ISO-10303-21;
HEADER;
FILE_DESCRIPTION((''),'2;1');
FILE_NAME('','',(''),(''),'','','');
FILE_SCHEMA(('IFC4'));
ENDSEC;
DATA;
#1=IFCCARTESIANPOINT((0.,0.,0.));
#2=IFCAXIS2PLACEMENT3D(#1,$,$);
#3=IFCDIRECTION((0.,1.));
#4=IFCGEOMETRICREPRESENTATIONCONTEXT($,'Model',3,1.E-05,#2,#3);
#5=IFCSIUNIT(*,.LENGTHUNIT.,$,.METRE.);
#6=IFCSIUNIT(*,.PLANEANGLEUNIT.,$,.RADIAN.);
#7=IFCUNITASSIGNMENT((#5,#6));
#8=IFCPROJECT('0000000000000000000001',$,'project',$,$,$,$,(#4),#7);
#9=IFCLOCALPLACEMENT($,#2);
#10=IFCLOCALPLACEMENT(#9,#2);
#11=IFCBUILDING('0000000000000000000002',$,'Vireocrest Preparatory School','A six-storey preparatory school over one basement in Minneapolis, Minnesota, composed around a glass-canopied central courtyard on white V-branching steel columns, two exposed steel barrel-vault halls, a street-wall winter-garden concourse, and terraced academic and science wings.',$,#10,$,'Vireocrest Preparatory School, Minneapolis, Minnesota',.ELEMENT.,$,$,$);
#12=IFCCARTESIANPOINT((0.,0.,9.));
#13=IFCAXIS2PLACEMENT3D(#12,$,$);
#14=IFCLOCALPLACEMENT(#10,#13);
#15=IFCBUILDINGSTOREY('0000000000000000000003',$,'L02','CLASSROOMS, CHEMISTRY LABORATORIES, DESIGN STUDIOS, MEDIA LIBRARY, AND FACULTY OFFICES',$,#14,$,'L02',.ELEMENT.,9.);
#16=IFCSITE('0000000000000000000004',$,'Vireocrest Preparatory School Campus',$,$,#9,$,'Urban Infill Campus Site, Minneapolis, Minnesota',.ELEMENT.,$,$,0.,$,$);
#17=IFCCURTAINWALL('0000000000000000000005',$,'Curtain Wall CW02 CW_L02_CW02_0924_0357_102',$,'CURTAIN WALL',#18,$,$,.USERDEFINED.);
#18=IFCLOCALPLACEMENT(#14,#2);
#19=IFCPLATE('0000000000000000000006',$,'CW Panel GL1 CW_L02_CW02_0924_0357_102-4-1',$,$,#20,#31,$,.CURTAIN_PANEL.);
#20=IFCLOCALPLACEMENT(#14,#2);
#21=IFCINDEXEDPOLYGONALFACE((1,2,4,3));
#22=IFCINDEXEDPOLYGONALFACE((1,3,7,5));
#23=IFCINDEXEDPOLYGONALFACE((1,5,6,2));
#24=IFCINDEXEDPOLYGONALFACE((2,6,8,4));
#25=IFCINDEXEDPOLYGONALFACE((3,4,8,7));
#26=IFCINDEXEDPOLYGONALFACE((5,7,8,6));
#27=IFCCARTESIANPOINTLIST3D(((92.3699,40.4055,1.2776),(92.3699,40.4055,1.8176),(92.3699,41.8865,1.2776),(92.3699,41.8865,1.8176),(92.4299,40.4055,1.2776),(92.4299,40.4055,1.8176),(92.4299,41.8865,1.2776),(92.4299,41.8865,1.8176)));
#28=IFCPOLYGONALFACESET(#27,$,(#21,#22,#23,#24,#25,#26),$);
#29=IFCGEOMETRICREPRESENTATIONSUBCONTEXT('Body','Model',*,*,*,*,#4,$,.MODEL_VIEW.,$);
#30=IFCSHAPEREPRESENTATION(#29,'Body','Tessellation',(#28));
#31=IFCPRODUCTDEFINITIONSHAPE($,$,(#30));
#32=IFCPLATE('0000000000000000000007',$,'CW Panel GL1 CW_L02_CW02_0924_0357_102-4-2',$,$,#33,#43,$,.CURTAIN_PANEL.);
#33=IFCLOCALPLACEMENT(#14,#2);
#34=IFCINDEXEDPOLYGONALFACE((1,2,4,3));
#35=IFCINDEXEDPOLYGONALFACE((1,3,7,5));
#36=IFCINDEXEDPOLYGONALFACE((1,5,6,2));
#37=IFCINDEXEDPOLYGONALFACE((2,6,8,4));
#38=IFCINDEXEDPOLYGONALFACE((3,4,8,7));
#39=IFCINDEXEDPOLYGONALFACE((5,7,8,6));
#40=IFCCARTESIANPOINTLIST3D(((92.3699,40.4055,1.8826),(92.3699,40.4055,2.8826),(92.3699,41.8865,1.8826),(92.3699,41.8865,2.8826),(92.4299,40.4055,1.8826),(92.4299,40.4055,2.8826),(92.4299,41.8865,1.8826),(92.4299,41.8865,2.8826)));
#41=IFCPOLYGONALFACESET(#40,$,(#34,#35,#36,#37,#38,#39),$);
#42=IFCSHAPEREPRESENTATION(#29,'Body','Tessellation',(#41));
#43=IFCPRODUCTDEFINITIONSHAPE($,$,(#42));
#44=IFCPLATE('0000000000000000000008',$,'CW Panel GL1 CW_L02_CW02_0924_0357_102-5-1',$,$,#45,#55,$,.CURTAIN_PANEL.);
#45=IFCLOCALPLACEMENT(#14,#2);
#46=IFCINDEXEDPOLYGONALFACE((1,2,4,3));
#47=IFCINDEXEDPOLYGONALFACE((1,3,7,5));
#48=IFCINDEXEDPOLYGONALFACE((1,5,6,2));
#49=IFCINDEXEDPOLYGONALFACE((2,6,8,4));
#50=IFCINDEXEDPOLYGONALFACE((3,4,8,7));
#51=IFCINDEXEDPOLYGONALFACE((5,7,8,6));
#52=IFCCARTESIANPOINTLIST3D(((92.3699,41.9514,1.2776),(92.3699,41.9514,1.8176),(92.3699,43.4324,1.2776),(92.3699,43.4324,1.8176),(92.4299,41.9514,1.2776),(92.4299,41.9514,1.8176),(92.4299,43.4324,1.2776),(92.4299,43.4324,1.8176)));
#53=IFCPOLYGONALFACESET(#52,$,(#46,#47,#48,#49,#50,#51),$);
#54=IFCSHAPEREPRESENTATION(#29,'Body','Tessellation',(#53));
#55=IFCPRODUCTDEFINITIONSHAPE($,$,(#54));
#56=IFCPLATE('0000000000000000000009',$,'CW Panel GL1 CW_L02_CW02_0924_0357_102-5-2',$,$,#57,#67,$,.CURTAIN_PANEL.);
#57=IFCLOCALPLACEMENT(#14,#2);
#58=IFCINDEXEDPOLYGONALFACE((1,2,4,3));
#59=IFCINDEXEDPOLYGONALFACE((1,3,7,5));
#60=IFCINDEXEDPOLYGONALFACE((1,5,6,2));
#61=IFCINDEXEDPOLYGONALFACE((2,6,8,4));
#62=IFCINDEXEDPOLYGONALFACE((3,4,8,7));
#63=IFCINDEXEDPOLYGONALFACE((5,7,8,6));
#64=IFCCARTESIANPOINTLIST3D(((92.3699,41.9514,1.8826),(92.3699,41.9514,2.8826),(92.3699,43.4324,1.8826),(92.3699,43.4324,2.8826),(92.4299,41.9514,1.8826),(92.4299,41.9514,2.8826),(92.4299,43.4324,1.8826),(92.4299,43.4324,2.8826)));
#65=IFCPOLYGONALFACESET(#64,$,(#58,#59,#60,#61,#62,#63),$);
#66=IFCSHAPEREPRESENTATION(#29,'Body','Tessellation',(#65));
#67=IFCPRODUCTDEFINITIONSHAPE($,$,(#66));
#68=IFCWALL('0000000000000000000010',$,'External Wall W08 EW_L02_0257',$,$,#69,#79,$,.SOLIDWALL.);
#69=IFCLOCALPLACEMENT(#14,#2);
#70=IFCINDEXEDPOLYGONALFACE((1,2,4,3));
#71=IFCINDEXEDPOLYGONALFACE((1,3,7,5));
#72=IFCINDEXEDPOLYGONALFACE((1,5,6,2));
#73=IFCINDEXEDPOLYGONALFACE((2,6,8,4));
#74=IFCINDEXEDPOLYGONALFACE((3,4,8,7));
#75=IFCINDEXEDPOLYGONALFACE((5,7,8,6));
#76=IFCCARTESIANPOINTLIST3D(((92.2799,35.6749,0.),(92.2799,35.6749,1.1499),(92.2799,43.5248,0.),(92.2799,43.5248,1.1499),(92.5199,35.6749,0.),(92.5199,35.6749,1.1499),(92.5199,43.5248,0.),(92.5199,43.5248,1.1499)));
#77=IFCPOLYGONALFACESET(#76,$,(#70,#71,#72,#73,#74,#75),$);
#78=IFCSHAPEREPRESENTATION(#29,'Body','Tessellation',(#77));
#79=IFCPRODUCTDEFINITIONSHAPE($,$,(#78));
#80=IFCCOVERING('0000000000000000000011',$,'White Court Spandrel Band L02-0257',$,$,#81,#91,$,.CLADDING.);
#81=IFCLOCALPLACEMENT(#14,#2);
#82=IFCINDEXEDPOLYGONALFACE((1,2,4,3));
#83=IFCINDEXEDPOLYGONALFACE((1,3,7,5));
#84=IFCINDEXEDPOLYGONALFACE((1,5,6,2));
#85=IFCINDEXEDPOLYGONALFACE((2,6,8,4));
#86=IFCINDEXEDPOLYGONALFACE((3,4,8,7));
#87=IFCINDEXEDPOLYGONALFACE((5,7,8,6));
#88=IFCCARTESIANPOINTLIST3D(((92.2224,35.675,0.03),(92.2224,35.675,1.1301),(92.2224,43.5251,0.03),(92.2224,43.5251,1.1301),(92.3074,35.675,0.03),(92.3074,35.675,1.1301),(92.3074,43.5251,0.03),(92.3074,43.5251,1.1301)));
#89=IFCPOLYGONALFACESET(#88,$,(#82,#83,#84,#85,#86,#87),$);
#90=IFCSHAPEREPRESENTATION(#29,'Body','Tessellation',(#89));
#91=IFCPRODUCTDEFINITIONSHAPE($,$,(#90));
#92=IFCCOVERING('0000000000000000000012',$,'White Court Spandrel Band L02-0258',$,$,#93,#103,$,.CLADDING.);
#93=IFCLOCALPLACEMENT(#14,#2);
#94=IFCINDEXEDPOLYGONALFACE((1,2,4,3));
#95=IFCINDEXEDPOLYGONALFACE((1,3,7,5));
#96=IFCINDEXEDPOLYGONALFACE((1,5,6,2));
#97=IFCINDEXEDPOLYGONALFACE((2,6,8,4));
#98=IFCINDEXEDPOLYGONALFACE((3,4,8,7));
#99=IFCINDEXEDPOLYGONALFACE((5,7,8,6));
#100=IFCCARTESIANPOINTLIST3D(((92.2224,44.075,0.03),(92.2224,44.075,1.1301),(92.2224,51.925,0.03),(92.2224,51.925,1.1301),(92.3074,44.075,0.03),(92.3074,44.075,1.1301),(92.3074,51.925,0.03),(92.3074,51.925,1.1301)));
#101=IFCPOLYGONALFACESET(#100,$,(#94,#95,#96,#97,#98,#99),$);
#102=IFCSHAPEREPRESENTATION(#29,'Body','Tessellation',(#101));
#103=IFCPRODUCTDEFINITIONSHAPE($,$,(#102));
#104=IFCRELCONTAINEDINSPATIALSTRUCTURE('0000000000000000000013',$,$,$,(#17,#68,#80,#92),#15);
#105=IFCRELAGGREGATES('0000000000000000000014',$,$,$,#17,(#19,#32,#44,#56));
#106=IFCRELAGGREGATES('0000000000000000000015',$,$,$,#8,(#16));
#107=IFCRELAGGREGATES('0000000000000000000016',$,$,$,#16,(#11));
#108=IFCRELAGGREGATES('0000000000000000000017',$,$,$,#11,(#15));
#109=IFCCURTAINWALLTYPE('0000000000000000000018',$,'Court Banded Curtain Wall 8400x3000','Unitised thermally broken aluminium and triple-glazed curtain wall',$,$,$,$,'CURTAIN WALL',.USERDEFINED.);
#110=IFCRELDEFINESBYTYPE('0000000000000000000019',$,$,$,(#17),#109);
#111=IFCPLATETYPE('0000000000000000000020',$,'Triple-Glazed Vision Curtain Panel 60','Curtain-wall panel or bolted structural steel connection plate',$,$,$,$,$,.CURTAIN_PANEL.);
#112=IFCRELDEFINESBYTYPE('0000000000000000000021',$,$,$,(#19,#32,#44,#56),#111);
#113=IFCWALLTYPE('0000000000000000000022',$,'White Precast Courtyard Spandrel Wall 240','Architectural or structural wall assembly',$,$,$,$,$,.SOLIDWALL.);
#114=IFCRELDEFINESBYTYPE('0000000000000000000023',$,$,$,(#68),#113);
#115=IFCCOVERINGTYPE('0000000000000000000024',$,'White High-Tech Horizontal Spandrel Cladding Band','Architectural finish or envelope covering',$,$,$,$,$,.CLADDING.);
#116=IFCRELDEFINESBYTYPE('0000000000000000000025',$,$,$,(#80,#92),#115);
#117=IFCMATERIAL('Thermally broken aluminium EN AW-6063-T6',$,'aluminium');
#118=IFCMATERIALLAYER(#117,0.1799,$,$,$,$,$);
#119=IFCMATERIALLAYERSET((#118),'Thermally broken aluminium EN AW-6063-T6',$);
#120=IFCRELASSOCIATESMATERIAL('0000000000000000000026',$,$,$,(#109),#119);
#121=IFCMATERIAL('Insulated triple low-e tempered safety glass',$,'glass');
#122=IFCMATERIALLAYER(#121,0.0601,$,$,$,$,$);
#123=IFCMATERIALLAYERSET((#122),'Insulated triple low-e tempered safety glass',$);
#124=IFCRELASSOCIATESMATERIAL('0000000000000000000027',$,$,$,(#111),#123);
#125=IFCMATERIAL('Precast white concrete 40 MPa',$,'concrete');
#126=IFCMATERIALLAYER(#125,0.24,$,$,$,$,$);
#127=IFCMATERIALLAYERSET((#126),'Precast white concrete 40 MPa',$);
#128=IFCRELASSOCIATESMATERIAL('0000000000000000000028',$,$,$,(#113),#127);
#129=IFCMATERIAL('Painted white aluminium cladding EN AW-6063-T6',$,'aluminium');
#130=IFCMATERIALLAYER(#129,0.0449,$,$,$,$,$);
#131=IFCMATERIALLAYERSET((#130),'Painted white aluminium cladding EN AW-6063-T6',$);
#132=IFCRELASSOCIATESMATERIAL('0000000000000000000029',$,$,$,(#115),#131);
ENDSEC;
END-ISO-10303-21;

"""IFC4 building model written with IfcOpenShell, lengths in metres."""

from ifc_helpers import new_model, si_unit, direction, frame, frame_2d, origin, origin_2d, place, context, subcontext, project, spatial, rectangle, extrude, material, layer, layer_set, type_object, element, aggregate, save


model = new_model("IFC4")

# Units and contexts
model_context = context("Model", 3, precision=1e-05, world=origin(), true_north=direction((0.0, 1.0)))
body_context = subcontext(model_context, "Body", "Model", "MODEL_VIEW")
ifc_project = project(units=[si_unit("LENGTHUNIT", "METRE"), si_unit("PLANEANGLEUNIT", "RADIAN")], contexts=[model_context])

# Site, building, storey
site_placement = place(None, origin())
site = spatial("IfcSite", under=ifc_project, at=site_placement, Name="Vireocrest Preparatory School Campus", LongName="Urban Infill Campus Site, Minneapolis, Minnesota", CompositionType="ELEMENT", RefElevation=0.0)
building_placement = place(site_placement, origin())
building = spatial("IfcBuilding", under=site, at=building_placement, Name="Vireocrest Preparatory School", Description="A six-storey preparatory school over one basement in Minneapolis, Minnesota, composed around a glass-canopied central courtyard on white V-branching steel columns, two exposed steel barrel-vault halls, a street-wall winter-garden concourse, and terraced academic and science wings.", LongName="Vireocrest Preparatory School, Minneapolis, Minnesota", CompositionType="ELEMENT")
storey_placement = place(building_placement, frame((0.0, 0.0, 9.0)))
storey = spatial("IfcBuildingStorey", under=building, at=storey_placement, Name="L02", Description="CLASSROOMS, CHEMISTRY LABORATORIES, DESIGN STUDIOS, MEDIA LIBRARY, AND FACULTY OFFICES", LongName="L02", CompositionType="ELEMENT", Elevation=9.0)

# Curtain wall
ifc_material_1 = material(Name="Thermally broken aluminium EN AW-6063-T6", Category="aluminium")
ifc_layer_1 = layer(ifc_material_1, 0.1799)
ifc_layer_set_1 = layer_set([ifc_layer_1], Name="Thermally broken aluminium EN AW-6063-T6")
curtain_wall_type = type_object("IfcCurtainWallType", Name="Court Banded Curtain Wall 8400x3000", Description="Unitised thermally broken aluminium and triple-glazed curtain wall", ElementType="CURTAIN WALL", PredefinedType="USERDEFINED", material=ifc_layer_set_1)
curtain_wall_1_placement = place(storey_placement, origin())
curtain_wall_1 = element("IfcCurtainWall", 1, at=curtain_wall_1_placement, inside=storey, type_object=curtain_wall_type, Name="Curtain Wall CW02 CW_L02_CW02_0924_0357_102", ObjectType="CURTAIN WALL", PredefinedType="USERDEFINED")

# Plates
ifc_material_2 = material(Name="Insulated triple low-e tempered safety glass", Category="glass")
ifc_layer_2 = layer(ifc_material_2, 0.0601)
ifc_layer_set_2 = layer_set([ifc_layer_2], Name="Insulated triple low-e tempered safety glass")
plate_type = type_object("IfcPlateType", Name="Triple-Glazed Vision Curtain Panel 60", Description="Curtain-wall panel or bolted structural steel connection plate", PredefinedType="CURTAIN_PANEL", material=ifc_layer_set_2)
plate_1_placement = place(storey_placement, frame((92.3999, 41.146, 1.2776), z_axis=(0.0, 0.0, 1.0), x_axis=(0.0, 1.0, 0.0)))
plate_1 = element("IfcPlate", 2, at=plate_1_placement, type_object=plate_type, Name="CW Panel GL1 CW_L02_CW02_0924_0357_102-4-1", PredefinedType="CURTAIN_PANEL", context=body_context, shape_type="SweptSolid", body=[
    extrude(rectangle(XDim=1.481, YDim=0.0601, at=origin_2d()), origin(), (0.0, 0.0, 1.0), 0.54),
])
plate_2_placement = place(storey_placement, frame((92.3999, 41.146, 1.8826), z_axis=(0.0, 0.0, 1.0), x_axis=(0.0, 1.0, 0.0)))
plate_2 = element("IfcPlate", 3, at=plate_2_placement, type_object=plate_type, Name="CW Panel GL1 CW_L02_CW02_0924_0357_102-4-2", PredefinedType="CURTAIN_PANEL", context=body_context, shape_type="SweptSolid", body=[
    extrude(rectangle(XDim=1.481, YDim=0.0601, at=origin_2d()), origin(), (0.0, 0.0, 1.0), 1.0),
])
plate_3_placement = place(storey_placement, frame((92.3999, 42.6919, 1.2776), z_axis=(0.0, 0.0, 1.0), x_axis=(0.0, 1.0, 0.0)))
plate_3 = element("IfcPlate", 4, at=plate_3_placement, type_object=plate_type, Name="CW Panel GL1 CW_L02_CW02_0924_0357_102-5-1", PredefinedType="CURTAIN_PANEL", context=body_context, shape_type="SweptSolid", body=[
    extrude(rectangle(XDim=1.481, YDim=0.0601, at=origin_2d()), origin(), (0.0, 0.0, 1.0), 0.54),
])
plate_4_placement = place(storey_placement, frame((92.3999, 42.6919, 1.8826), z_axis=(0.0, 0.0, 1.0), x_axis=(0.0, 1.0, 0.0)))
plate_4 = element("IfcPlate", 5, at=plate_4_placement, type_object=plate_type, Name="CW Panel GL1 CW_L02_CW02_0924_0357_102-5-2", PredefinedType="CURTAIN_PANEL", context=body_context, shape_type="SweptSolid", body=[
    extrude(rectangle(XDim=1.481, YDim=0.0601, at=origin_2d()), origin(), (0.0, 0.0, 1.0), 1.0),
])
aggregate(curtain_wall_1, [plate_1, plate_2, plate_3, plate_4])

# Wall
ifc_material_3 = material(Name="Precast white concrete 40 MPa", Category="concrete")
ifc_layer_3 = layer(ifc_material_3, 0.24)
ifc_layer_set_3 = layer_set([ifc_layer_3], Name="Precast white concrete 40 MPa")
wall_type = type_object("IfcWallType", Name="White Precast Courtyard Spandrel Wall 240", Description="Architectural or structural wall assembly", PredefinedType="SOLIDWALL", material=ifc_layer_set_3)
wall_placement = place(storey_placement, frame((92.3999, 35.675, 0.0), z_axis=(0.0, 0.0, 1.0), x_axis=(0.0, 1.0, 0.0)))
element("IfcWall", 6, at=wall_placement, inside=storey, type_object=wall_type, Name="External Wall W08 EW_L02_0257", PredefinedType="SOLIDWALL", context=body_context, shape_type="SweptSolid", body=[
    extrude(rectangle(XDim=7.8499, YDim=0.24, at=frame_2d((3.9248, 0.0))), origin(), (0.0, 0.0, 1.0), 1.1499),
])

# Coverings
ifc_material_4 = material(Name="Painted white aluminium cladding EN AW-6063-T6", Category="aluminium")
ifc_layer_4 = layer(ifc_material_4, 0.0449)
ifc_layer_set_4 = layer_set([ifc_layer_4], Name="Painted white aluminium cladding EN AW-6063-T6")
covering_type = type_object("IfcCoveringType", Name="White High-Tech Horizontal Spandrel Cladding Band", Description="Architectural finish or envelope covering", PredefinedType="CLADDING", material=ifc_layer_set_4)
for number, where, z_axis, x_axis, name in (
    (7, (92.2649, 39.6001, 0.03), (0.0, 0.0, 1.0), (1.0, 0.0, 0.0), "White Court Spandrel Band L02-0257"),
    (8, (92.2649, 48.0, 0.03), (0.0, 0.0, 1.0), (1.0, 0.0, 0.0), "White Court Spandrel Band L02-0258"),
):
    element("IfcCovering", number, at=place(storey_placement, frame(where, z_axis=z_axis, x_axis=x_axis)), inside=storey, type_object=covering_type, Name=name, PredefinedType="CLADDING", context=body_context, shape_type="SweptSolid", body=[
        extrude(rectangle(XDim=0.085, YDim=7.8501, at=origin_2d()), origin(), (0.0, 0.0, 1.0), 1.1001),
    ])

save(model, "model.ifc")
